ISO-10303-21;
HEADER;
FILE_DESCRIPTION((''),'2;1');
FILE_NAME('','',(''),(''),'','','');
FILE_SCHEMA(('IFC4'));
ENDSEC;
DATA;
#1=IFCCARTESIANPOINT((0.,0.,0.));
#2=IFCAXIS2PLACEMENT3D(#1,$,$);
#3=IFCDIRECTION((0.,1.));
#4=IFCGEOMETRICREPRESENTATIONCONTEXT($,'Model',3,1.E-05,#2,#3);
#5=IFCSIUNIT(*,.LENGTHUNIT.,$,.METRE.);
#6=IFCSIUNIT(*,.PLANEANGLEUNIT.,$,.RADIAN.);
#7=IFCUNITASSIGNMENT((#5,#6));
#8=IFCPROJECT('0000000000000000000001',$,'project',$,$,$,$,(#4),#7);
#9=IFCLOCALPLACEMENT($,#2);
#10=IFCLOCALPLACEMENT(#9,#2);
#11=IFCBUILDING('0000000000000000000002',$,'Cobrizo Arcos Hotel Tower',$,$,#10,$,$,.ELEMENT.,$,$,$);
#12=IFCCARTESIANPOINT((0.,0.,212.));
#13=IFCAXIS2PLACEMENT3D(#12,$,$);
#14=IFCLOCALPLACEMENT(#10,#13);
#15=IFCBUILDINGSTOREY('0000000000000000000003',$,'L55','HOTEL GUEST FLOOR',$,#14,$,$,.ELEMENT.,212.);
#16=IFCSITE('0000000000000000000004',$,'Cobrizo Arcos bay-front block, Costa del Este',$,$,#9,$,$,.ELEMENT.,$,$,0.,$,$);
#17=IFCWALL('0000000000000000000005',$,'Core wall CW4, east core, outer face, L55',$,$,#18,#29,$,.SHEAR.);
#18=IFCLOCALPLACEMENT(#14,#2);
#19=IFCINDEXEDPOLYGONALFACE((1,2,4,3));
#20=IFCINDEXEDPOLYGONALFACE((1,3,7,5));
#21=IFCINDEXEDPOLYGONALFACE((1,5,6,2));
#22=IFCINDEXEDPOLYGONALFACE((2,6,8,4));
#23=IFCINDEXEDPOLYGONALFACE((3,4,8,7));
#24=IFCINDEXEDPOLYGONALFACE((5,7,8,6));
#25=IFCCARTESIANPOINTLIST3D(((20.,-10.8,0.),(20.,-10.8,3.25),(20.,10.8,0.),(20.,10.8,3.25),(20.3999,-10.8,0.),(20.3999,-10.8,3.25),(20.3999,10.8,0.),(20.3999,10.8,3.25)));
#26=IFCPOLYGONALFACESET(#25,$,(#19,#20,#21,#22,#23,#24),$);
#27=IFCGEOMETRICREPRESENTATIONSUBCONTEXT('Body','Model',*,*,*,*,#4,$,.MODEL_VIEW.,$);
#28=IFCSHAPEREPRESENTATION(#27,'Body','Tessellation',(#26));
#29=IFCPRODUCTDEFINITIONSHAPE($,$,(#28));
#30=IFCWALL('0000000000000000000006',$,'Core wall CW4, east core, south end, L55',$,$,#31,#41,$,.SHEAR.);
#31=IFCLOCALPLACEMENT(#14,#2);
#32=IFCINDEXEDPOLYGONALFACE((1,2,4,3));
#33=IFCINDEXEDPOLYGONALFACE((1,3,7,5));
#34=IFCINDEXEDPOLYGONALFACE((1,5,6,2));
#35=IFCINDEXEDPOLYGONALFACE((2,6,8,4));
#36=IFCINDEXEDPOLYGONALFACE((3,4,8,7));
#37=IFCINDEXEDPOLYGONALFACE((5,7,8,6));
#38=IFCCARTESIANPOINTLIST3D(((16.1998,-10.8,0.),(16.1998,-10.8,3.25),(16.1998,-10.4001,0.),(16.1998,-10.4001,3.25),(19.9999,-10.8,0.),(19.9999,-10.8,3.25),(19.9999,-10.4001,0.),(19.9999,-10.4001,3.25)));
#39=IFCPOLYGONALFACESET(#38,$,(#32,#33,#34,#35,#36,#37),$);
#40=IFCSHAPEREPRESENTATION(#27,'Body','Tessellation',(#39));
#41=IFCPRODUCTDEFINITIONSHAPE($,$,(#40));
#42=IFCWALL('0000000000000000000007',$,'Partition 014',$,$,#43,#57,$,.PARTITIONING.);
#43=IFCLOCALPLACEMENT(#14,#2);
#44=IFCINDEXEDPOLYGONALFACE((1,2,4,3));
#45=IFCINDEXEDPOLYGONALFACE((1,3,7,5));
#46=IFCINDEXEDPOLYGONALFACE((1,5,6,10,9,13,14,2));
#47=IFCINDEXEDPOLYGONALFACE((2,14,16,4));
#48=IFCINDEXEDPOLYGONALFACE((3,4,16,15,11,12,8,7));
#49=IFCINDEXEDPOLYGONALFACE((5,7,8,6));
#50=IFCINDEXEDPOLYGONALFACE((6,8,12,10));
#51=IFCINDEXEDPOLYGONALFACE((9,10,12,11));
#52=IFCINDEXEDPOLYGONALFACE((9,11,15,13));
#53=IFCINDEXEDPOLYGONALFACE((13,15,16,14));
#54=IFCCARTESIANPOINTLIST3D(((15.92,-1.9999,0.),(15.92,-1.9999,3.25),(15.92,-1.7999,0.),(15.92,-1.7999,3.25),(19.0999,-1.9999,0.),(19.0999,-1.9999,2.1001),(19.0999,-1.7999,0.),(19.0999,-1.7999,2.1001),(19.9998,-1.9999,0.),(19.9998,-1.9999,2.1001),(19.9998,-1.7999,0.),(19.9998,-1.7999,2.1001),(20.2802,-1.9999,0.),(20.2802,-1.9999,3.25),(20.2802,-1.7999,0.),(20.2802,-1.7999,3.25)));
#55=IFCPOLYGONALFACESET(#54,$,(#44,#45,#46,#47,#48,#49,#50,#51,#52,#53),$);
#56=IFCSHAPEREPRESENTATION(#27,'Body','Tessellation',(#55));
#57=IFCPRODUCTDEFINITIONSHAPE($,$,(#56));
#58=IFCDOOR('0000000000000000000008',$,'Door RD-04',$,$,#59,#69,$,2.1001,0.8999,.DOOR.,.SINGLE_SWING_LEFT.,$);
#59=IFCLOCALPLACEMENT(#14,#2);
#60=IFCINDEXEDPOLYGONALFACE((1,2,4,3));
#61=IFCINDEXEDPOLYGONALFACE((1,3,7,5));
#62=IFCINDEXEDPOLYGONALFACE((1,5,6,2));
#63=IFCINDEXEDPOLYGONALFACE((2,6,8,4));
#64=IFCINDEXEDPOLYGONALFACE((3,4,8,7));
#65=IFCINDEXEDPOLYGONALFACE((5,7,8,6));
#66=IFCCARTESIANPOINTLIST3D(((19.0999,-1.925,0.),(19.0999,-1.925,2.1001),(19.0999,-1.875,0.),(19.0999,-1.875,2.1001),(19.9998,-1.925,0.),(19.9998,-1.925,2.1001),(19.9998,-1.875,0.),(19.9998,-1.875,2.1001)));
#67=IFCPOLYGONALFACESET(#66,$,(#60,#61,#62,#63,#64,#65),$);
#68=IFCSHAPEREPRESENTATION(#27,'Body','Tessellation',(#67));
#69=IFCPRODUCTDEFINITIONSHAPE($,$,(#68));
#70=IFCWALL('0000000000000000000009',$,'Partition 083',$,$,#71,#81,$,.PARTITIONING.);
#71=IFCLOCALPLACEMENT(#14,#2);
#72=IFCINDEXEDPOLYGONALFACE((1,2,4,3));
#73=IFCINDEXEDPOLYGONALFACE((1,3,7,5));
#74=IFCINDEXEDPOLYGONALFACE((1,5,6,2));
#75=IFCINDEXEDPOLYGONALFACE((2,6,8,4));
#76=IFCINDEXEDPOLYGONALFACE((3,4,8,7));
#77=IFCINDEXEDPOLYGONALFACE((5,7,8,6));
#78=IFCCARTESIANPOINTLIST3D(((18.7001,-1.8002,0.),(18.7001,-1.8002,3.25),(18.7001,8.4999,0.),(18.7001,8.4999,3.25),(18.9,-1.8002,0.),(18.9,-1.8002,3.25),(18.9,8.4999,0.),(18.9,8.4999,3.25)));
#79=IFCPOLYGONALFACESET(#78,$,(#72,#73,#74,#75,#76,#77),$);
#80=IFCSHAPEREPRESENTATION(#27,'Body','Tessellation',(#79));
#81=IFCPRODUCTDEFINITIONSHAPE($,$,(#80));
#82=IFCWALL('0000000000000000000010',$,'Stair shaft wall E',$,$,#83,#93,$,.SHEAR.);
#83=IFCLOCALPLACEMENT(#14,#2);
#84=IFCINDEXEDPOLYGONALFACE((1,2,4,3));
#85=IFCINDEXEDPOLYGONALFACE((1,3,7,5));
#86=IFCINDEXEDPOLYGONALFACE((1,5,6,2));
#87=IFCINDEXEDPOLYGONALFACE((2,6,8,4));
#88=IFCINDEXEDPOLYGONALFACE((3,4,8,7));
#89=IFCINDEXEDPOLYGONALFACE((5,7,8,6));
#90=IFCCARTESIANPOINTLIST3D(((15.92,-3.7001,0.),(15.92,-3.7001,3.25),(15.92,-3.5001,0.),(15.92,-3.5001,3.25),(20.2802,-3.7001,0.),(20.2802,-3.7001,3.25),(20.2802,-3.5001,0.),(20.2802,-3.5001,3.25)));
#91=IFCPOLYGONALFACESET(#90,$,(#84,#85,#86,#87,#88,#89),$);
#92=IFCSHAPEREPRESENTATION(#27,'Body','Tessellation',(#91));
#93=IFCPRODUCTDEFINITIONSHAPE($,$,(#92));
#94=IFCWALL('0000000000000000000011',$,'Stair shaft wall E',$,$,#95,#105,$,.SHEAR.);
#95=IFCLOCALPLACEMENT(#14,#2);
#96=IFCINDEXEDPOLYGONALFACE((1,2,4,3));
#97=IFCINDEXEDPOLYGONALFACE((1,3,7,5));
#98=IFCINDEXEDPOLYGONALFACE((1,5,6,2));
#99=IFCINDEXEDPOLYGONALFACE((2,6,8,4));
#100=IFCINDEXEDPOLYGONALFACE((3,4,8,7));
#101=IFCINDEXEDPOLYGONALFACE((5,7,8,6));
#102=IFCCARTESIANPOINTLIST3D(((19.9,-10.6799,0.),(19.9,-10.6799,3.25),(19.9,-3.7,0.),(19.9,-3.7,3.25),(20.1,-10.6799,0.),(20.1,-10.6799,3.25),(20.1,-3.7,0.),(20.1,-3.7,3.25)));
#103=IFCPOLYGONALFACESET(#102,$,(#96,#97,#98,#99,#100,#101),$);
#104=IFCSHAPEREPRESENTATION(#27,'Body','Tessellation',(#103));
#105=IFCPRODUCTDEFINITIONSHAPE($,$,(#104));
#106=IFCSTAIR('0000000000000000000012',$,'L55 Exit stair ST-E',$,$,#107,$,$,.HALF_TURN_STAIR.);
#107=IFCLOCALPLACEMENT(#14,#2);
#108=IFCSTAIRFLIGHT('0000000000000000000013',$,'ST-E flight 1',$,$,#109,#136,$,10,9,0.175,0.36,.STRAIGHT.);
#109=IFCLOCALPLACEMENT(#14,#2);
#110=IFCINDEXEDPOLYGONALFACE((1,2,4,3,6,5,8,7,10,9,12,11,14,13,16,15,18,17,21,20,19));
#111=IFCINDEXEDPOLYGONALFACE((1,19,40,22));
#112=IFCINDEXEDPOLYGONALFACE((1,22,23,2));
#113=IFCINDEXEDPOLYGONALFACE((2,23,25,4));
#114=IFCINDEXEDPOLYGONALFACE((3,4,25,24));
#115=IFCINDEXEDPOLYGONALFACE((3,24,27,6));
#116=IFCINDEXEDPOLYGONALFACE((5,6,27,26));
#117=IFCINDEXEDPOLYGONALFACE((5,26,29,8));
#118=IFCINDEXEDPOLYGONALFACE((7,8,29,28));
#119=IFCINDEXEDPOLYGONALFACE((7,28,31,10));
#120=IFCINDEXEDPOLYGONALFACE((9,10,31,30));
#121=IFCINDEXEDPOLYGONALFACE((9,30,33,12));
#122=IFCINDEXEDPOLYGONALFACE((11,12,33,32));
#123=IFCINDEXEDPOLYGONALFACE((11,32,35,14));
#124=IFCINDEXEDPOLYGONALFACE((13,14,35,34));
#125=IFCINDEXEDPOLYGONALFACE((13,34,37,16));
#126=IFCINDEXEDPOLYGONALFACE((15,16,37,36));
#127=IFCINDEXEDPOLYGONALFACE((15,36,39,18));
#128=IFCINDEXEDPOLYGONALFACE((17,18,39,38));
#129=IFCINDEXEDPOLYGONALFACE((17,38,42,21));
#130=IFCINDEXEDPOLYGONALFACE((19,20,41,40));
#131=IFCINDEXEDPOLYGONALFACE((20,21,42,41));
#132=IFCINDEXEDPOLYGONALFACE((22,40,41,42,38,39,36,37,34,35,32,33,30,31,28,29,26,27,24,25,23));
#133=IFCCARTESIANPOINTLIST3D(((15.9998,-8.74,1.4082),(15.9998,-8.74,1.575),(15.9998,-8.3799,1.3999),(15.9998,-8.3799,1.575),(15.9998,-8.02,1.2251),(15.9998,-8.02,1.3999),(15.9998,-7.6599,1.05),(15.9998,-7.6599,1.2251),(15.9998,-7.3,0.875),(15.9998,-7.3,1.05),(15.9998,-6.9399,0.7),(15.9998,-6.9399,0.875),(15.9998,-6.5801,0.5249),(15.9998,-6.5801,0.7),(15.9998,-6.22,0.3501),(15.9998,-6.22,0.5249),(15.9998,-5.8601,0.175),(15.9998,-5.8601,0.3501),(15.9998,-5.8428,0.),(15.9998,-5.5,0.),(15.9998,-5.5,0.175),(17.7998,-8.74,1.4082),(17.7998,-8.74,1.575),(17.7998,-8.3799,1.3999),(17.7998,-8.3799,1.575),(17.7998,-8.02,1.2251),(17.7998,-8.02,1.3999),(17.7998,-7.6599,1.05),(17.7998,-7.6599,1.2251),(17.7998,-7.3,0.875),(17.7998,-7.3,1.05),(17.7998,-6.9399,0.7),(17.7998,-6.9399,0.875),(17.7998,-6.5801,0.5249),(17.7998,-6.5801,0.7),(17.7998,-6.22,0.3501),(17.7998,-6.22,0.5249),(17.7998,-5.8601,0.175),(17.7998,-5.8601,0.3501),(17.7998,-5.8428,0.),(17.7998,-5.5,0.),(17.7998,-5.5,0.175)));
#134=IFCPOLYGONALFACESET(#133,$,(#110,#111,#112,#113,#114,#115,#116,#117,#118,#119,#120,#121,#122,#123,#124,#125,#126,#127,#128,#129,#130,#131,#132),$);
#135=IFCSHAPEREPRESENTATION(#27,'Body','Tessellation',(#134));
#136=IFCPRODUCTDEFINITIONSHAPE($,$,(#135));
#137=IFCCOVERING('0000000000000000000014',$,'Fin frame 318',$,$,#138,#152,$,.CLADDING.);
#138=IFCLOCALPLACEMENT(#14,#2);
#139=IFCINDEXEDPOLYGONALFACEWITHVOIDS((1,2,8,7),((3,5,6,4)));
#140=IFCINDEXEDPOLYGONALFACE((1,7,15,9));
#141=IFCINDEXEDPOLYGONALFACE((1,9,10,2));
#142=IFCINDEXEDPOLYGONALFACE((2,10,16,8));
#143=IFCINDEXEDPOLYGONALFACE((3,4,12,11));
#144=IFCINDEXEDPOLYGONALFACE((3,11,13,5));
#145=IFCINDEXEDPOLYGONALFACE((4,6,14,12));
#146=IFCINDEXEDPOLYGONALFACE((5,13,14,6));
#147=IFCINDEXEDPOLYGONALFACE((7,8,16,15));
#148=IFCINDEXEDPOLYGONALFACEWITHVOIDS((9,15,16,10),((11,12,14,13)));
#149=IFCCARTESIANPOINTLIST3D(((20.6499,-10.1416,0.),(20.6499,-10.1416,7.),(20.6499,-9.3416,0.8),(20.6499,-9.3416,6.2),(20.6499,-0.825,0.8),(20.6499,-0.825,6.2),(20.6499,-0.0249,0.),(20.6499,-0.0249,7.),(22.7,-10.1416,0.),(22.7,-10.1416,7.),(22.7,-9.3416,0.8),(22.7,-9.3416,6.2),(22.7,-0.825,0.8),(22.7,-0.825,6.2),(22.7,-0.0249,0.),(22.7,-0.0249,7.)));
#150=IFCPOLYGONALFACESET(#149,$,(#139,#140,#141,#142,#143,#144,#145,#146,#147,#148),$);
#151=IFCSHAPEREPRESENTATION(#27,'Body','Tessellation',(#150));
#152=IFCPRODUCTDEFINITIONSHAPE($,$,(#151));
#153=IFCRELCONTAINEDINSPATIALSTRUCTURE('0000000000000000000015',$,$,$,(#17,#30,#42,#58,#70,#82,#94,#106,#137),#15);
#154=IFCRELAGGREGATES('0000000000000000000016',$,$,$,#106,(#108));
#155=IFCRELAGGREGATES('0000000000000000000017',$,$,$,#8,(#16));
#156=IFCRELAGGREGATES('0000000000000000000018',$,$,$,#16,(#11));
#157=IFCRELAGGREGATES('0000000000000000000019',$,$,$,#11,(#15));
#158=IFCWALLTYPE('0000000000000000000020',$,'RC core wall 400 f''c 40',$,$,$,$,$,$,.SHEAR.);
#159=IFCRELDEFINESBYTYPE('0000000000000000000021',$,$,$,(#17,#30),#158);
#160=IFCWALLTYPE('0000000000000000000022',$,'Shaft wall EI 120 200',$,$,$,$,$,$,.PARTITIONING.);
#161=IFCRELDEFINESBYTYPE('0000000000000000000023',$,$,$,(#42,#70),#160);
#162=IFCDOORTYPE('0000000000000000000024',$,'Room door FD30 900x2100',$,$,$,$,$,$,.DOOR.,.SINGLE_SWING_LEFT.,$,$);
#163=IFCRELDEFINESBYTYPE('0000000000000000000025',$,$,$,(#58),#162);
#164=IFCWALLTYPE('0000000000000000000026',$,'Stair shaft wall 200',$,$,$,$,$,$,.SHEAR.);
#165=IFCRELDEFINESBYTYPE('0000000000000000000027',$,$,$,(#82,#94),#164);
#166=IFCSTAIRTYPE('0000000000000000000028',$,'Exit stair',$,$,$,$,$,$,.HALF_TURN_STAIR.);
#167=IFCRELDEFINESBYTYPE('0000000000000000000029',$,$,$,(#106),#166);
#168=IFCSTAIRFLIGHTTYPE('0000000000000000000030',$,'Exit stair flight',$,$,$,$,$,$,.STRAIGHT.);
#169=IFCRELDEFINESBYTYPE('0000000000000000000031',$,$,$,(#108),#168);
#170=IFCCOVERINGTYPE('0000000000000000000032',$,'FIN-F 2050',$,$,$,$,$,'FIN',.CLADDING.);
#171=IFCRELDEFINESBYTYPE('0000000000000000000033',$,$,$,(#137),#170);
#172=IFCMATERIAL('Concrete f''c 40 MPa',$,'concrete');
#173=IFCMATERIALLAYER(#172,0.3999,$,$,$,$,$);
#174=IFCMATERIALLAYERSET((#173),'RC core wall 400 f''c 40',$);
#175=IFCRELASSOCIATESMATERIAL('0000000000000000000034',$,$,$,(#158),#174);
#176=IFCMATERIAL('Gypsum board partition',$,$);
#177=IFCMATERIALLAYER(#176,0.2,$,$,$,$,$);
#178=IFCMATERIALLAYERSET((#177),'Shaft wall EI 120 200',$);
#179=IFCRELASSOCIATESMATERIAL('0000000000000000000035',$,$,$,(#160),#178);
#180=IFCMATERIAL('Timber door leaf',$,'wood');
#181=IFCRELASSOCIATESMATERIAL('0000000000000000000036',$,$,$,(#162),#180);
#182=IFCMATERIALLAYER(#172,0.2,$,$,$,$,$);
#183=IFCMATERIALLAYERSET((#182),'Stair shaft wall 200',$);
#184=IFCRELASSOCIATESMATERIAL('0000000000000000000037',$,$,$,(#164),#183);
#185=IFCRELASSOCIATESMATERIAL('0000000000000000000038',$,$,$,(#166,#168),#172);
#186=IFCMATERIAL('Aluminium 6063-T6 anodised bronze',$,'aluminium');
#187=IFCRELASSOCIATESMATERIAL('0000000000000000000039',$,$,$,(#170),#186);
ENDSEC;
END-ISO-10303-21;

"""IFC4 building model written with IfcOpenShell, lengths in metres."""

from ifc_helpers import new_model, si_unit, direction, frame, frame_2d, origin, place, context, subcontext, project, spatial, polyline, rectangle, outline, extrude, material, layer, layer_set, type_object, element, fill, aggregate, save


model = new_model("IFC4")

# Units and contexts
model_context = context("Model", 3, precision=1e-05, world=origin(), true_north=direction((0.0, 1.0)))
body_context = subcontext(model_context, "Body", "Model", "MODEL_VIEW")
ifc_project = project(units=[si_unit("LENGTHUNIT", "METRE"), si_unit("PLANEANGLEUNIT", "RADIAN")], contexts=[model_context])

# Site, building, storey
site_placement = place(None, origin())
site = spatial("IfcSite", under=ifc_project, at=site_placement, Name="Cobrizo Arcos bay-front block, Costa del Este", CompositionType="ELEMENT", RefElevation=0.0)
building_placement = place(site_placement, origin())
building = spatial("IfcBuilding", under=site, at=building_placement, Name="Cobrizo Arcos Hotel Tower", CompositionType="ELEMENT")
storey_placement = place(building_placement, frame((0.0, 0.0, 212.0)))
storey = spatial("IfcBuildingStorey", under=building, at=storey_placement, Name="L55", Description="HOTEL GUEST FLOOR", CompositionType="ELEMENT", Elevation=212.0)

# Shared definitions
ifc_material_1 = material(Name="Concrete f'c 40 MPa", Category="concrete")
ifc_layer_1 = layer(ifc_material_1, 0.3999)
ifc_layer_set_1 = layer_set([ifc_layer_1], Name="RC core wall 400 f'c 40")
wall_type_1 = type_object("IfcWallType", Name="RC core wall 400 f'c 40", PredefinedType="SHEAR", material=ifc_layer_set_1)
ifc_material_2 = material(Name="Timber door leaf", Category="wood")

# Walls
wall_1_placement = place(storey_placement, frame((20.2, -10.8, 0.0), z_axis=(0.0, 0.0, 1.0), x_axis=(0.0, 1.0, 0.0)))
element("IfcWall", 1, at=wall_1_placement, inside=storey, type_object=wall_type_1, Name="Core wall CW4, east core, outer face, L55", PredefinedType="SHEAR", context=body_context, shape_type="SweptSolid", body=[
    extrude(rectangle(XDim=21.6001, YDim=0.3999, at=frame_2d((10.8, 0.0))), origin(), (0.0, 0.0, 1.0), 3.25),
])
wall_2_placement = place(storey_placement, frame((16.2, -10.6001, 0.0), z_axis=(0.0, 0.0, 1.0), x_axis=(1.0, 0.0, 0.0)))
element("IfcWall", 2, at=wall_2_placement, inside=storey, type_object=wall_type_1, Name="Core wall CW4, east core, south end, L55", PredefinedType="SHEAR", context=body_context, shape_type="SweptSolid", body=[
    extrude(rectangle(XDim=3.8, YDim=0.3999, at=frame_2d((1.8999, 0.0))), origin(), (0.0, 0.0, 1.0), 3.25),
])

# Wall, opening, door
ifc_material_3 = material(Name="Gypsum board partition")
ifc_layer_2 = layer(ifc_material_3, 0.2)
ifc_layer_set_2 = layer_set([ifc_layer_2], Name="Shaft wall EI 120 200")
wall_type_2 = type_object("IfcWallType", Name="Shaft wall EI 120 200", PredefinedType="PARTITIONING", material=ifc_layer_set_2)
wall_3_placement = place(storey_placement, frame((15.9199, -1.8999, 0.0), z_axis=(0.0, 0.0, 1.0), x_axis=(1.0, 0.0, 0.0)))
wall_3 = element("IfcWall", 3, at=wall_3_placement, inside=storey, type_object=wall_type_2, Name="Partition 014", PredefinedType="PARTITIONING", context=body_context, shape_type="SweptSolid", body=[
    extrude(rectangle(XDim=4.3601, YDim=0.2, at=frame_2d((2.1802, 0.0))), origin(), (0.0, 0.0, 1.0), 3.25),
])
opening_1_placement = place(wall_3_placement, frame((3.1799, 0.0, 0.0)))
opening_1 = element("IfcOpeningElement", 4, at=opening_1_placement, cuts=wall_3, PredefinedType="OPENING", context=body_context, shape_type="SweptSolid", body=[
    extrude(rectangle(XDim=0.8999, YDim=2.1001, at=frame_2d((0.45, 1.05))), frame((0.0, 0.1121, 0.0), z_axis=(0.0, -1.0, 0.0), x_axis=(1.0, 0.0, 0.0)), (0.0, 0.0, 1.0), 0.2239),
])
door_type_1 = type_object("IfcDoorType", Name="Room door FD30 900x2100", OperationType="SINGLE_SWING_LEFT", PredefinedType="DOOR", material=ifc_material_2)
door_1_placement = place(opening_1_placement, origin())
door_1 = element("IfcDoor", 5, at=door_1_placement, inside=storey, type_object=door_type_1, Name="Door RD-04", OperationType="SINGLE_SWING_LEFT", OverallHeight=2.1001, OverallWidth=0.8999, PredefinedType="DOOR", context=body_context, shape_type="SweptSolid", body=[
    extrude(rectangle(XDim=0.8999, YDim=2.1001, at=frame_2d((0.45, 1.05))), frame((0.0, 0.0249, 0.0), z_axis=(0.0, -1.0, 0.0), x_axis=(1.0, 0.0, 0.0)), (0.0, 0.0, 1.0), 0.05),
])
fill(opening_1, door_1)

# Walls
wall_4_placement = place(storey_placement, frame((18.8, -1.8, 0.0), z_axis=(0.0, 0.0, 1.0), x_axis=(0.0, 1.0, 0.0)))
element("IfcWall", 6, at=wall_4_placement, inside=storey, type_object=wall_type_2, Name="Partition 083", PredefinedType="PARTITIONING", context=body_context, shape_type="SweptSolid", body=[
    extrude(rectangle(XDim=10.3, YDim=0.2, at=frame_2d((5.1499, 0.0))), origin(), (0.0, 0.0, 1.0), 3.25),
])
ifc_layer_3 = layer(ifc_material_1, 0.2)
ifc_layer_set_3 = layer_set([ifc_layer_3], Name="Stair shaft wall 200")
wall_type_3 = type_object("IfcWallType", Name="Stair shaft wall 200", PredefinedType="SHEAR", material=ifc_layer_set_3)
wall_5_placement = place(storey_placement, frame((15.9199, -3.6001, 0.0), z_axis=(0.0, 0.0, 1.0), x_axis=(1.0, 0.0, 0.0)))
element("IfcWall", 7, at=wall_5_placement, inside=storey, type_object=wall_type_3, Name="Stair shaft wall E", PredefinedType="SHEAR", context=body_context, shape_type="SweptSolid", body=[
    extrude(rectangle(XDim=4.3601, YDim=0.2, at=frame_2d((2.1802, 0.0))), origin(), (0.0, 0.0, 1.0), 3.25),
])
wall_6_placement = place(storey_placement, frame((20.0, -10.6799, 0.0), z_axis=(0.0, 0.0, 1.0), x_axis=(0.0, 1.0, 0.0)))
element("IfcWall", 8, at=wall_6_placement, inside=storey, type_object=wall_type_3, Name="Stair shaft wall E", PredefinedType="SHEAR", context=body_context, shape_type="SweptSolid", body=[
    extrude(rectangle(XDim=6.98, YDim=0.2, at=frame_2d((3.49, 0.0))), origin(), (0.0, 0.0, 1.0), 3.25),
])

# Stair, stair flight
stair_type = type_object("IfcStairType", Name="Exit stair", PredefinedType="HALF_TURN_STAIR", material=ifc_material_1)
stair_placement = place(storey_placement, origin())
stair = element("IfcStair", 9, at=stair_placement, inside=storey, type_object=stair_type, Name="L55 Exit stair ST-E", PredefinedType="HALF_TURN_STAIR")
stair_flight_type = type_object("IfcStairFlightType", Name="Exit stair flight", PredefinedType="STRAIGHT", material=ifc_material_1)
stair_flight_placement = place(storey_placement, frame((16.8999, -5.5, 0.0), z_axis=(0.0, 0.0, 1.0), x_axis=(0.0, -1.0, 0.0)))
stair_flight = element("IfcStairFlight", 10, at=stair_flight_placement, type_object=stair_flight_type, Name="ST-E flight 1", NumberOfRisers=10, NumberOfTreads=9, PredefinedType="STRAIGHT", RiserHeight=0.175, TreadLength=0.36, context=body_context, shape_type="SweptSolid", body=[
    extrude(outline(polyline([(0.0, 0.0), (0.0, 0.175), (0.3601, 0.175), (0.3601, 0.3501), (0.72, 0.3501), (0.72, 0.5249), (1.0801, 0.5249), (1.0801, 0.7), (1.4399, 0.7), (1.4399, 0.875), (1.8, 0.875), (1.8, 1.05), (2.1599, 1.05), (2.1599, 1.2251), (2.52, 1.2251), (2.52, 1.3999), (2.8799, 1.3999), (2.8799, 1.575), (3.24, 1.575), (3.24, 1.75), (3.24, 1.4082), (0.3428, 0.0), (0.0, 0.0)])), frame((0.0, 0.8999, 0.0), z_axis=(0.0, -1.0, 0.0), x_axis=(1.0, 0.0, 0.0)), (0.0, 0.0, 1.0), 1.8),
])
aggregate(stair, [stair_flight])

# Covering
ifc_material_4 = material(Name="Aluminium 6063-T6 anodised bronze", Category="aluminium")
covering_type = type_object("IfcCoveringType", Name="FIN-F 2050", ElementType="FIN", PredefinedType="CLADDING", material=ifc_material_4)
covering_placement = place(storey_placement, frame((20.6499, -10.1416, 0.0), z_axis=(1.0, 0.0, 0.0), x_axis=(0.0, 1.0, 0.0)))
element("IfcCovering", 11, at=covering_placement, inside=storey, type_object=covering_type, Name="Fin frame 318", PredefinedType="CLADDING", context=body_context, shape_type="SweptSolid", body=[
    extrude(outline(polyline([(0.0, 7.0), (0.0, 0.0), (10.1167, 0.0), (10.1167, 7.0), (0.0, 7.0)]), holes=[polyline([(9.3167, 0.8), (0.8, 0.8), (0.8, 6.2), (9.3167, 6.2), (9.3167, 0.8)])]), origin(), (0.0, 0.0, 1.0), 2.05),
])

save(model, "model.ifc")
